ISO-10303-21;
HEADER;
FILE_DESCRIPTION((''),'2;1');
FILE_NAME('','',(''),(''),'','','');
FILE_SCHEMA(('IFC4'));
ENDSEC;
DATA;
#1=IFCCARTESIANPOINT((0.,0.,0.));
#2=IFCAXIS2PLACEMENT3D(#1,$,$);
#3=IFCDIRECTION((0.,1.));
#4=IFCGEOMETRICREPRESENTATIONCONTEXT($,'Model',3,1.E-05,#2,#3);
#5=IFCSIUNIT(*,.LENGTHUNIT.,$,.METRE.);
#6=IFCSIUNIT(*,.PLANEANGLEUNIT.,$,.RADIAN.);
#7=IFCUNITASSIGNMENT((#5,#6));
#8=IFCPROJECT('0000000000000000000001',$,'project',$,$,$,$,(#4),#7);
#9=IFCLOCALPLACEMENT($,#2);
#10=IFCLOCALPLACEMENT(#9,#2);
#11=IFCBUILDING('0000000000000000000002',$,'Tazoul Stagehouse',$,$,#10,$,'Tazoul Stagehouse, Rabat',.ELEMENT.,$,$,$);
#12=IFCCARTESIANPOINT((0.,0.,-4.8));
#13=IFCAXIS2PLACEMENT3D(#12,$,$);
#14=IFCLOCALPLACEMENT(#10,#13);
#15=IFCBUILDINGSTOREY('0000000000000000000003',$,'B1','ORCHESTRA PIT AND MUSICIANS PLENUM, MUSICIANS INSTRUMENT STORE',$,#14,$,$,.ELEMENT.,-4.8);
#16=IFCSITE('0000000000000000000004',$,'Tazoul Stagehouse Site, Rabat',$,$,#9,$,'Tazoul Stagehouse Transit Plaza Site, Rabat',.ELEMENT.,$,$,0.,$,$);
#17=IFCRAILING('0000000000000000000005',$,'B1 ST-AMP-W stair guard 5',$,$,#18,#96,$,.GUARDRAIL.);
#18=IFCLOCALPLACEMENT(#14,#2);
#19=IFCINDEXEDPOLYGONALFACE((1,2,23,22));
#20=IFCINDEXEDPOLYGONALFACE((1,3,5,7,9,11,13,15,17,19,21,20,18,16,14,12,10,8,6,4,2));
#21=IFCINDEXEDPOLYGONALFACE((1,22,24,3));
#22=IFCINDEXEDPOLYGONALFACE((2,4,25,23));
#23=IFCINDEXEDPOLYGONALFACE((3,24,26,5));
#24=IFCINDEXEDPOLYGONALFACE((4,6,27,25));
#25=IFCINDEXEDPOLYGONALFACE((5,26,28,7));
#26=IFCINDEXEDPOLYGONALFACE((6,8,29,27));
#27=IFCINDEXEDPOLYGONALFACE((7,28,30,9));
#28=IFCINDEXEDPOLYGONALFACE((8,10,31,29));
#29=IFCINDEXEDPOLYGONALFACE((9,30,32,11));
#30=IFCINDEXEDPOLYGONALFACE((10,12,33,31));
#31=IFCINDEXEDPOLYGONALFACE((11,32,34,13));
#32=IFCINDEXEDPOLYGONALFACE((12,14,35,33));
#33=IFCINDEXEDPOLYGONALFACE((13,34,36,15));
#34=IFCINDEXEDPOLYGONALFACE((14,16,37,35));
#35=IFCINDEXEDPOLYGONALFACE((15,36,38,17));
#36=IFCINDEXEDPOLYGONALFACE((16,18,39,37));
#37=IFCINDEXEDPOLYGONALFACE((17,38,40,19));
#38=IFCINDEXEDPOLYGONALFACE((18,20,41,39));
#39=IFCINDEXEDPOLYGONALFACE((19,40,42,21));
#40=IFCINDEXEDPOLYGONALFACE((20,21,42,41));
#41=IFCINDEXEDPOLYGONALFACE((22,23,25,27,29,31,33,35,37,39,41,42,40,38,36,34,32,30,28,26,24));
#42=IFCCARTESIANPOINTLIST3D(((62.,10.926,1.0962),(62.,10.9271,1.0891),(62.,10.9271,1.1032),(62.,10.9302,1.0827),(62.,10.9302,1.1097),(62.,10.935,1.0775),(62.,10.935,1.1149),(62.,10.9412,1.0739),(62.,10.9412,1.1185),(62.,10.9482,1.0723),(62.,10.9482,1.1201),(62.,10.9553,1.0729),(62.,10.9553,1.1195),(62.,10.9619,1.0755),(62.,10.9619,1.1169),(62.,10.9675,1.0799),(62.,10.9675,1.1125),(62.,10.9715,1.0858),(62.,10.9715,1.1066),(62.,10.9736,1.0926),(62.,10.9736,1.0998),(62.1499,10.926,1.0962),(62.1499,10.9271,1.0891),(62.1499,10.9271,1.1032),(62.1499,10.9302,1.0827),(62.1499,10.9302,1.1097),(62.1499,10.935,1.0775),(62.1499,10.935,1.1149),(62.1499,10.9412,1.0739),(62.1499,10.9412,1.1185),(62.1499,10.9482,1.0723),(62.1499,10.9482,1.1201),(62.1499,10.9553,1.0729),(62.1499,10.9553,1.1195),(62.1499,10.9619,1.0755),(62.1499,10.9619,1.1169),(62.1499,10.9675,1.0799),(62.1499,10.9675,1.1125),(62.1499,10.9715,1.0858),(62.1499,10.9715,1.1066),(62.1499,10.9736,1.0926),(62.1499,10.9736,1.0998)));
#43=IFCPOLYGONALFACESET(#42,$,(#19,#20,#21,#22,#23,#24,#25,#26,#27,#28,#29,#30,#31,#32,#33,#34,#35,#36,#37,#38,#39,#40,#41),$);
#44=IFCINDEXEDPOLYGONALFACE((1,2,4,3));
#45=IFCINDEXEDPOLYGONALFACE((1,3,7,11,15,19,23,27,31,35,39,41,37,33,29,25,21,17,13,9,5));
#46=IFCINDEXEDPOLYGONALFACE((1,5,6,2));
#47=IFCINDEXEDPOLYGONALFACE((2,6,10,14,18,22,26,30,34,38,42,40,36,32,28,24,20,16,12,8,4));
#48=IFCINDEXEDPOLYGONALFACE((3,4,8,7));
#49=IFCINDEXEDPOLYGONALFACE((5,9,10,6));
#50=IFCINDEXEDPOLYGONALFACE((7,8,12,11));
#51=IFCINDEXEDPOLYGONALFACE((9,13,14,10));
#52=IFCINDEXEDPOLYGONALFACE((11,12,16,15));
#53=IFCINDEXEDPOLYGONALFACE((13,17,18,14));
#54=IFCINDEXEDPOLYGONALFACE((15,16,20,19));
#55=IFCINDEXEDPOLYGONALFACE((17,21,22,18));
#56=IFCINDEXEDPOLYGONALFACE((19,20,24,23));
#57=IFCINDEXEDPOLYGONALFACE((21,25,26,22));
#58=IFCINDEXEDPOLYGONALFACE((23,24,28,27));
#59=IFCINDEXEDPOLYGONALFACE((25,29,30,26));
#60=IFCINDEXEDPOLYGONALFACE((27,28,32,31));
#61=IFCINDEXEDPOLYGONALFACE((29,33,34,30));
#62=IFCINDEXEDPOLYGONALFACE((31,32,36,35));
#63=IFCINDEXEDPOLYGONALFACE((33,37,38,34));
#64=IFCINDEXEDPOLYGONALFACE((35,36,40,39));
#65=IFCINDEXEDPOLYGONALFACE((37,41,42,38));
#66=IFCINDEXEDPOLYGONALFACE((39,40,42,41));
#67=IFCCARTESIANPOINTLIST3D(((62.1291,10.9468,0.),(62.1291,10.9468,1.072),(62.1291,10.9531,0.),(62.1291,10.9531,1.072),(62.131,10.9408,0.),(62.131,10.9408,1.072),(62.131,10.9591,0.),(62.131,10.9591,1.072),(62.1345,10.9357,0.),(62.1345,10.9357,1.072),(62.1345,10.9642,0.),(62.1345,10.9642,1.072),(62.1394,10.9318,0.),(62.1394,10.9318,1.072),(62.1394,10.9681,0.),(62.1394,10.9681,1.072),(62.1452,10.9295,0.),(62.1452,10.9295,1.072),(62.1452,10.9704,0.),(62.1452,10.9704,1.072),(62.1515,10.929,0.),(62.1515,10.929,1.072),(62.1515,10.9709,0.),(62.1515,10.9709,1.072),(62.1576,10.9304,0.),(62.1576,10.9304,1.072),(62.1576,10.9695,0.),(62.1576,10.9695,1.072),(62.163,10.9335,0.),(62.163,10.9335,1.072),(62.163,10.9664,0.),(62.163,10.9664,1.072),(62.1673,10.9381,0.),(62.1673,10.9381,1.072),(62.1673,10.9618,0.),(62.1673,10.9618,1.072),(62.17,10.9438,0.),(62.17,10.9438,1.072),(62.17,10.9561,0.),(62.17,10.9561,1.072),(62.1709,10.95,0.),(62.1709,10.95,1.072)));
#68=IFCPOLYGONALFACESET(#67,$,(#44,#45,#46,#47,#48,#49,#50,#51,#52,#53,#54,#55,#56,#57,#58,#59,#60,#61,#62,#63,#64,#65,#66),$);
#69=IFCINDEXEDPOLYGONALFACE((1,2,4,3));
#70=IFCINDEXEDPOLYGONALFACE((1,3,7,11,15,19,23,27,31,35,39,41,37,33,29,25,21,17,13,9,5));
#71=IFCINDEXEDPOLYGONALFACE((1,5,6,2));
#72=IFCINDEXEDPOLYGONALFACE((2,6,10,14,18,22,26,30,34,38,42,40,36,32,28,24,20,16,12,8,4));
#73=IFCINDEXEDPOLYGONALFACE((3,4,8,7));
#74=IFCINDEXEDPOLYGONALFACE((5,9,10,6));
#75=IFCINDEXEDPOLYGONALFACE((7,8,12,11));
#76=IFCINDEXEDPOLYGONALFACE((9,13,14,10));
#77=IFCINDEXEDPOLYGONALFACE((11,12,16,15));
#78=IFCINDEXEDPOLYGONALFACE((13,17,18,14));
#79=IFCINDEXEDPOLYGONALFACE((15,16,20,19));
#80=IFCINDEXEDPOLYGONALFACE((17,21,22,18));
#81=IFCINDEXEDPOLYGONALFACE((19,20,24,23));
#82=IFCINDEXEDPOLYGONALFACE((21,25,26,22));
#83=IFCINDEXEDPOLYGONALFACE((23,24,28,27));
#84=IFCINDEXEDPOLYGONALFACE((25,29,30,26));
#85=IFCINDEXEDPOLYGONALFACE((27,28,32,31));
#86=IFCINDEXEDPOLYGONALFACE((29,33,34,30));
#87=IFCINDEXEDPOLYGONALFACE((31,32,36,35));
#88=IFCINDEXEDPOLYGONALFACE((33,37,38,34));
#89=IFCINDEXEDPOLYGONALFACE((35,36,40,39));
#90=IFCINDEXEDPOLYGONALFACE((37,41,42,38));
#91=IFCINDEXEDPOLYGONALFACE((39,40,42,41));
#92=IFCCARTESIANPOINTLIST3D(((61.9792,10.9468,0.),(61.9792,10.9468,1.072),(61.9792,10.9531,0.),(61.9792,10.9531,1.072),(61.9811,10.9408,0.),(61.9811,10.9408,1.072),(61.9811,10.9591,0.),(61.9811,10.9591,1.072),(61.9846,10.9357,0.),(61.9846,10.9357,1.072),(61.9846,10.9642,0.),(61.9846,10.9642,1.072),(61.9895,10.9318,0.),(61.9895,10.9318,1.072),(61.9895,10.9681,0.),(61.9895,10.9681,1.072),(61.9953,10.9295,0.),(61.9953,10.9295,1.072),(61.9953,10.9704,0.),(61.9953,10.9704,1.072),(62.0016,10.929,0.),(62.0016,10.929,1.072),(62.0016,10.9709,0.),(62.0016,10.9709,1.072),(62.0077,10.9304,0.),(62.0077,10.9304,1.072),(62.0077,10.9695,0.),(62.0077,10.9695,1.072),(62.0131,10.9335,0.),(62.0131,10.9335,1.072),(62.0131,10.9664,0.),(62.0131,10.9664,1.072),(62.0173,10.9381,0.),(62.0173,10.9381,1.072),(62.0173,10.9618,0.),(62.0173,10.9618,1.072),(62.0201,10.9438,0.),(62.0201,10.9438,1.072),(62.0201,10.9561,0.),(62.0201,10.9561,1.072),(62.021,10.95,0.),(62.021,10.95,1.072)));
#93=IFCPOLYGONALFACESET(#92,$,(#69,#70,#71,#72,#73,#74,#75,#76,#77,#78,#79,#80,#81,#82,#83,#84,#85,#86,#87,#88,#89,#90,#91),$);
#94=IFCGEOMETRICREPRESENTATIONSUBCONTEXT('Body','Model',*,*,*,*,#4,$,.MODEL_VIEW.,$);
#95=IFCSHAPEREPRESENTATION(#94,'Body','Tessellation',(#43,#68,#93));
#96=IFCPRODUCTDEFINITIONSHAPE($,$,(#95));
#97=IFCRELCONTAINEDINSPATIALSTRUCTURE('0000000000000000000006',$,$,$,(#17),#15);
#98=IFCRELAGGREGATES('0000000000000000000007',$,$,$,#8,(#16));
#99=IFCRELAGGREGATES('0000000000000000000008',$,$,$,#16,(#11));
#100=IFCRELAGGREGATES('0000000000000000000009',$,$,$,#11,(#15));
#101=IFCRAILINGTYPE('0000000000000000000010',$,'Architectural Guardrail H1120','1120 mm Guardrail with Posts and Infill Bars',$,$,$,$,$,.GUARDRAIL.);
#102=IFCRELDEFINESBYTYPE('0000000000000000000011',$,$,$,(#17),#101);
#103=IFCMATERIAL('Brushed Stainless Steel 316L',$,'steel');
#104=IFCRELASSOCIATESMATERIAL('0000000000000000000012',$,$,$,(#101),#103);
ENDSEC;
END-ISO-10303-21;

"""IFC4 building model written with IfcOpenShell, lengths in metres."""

from ifc_helpers import new_model, si_unit, direction, frame, origin, origin_2d, place, context, subcontext, project, spatial, circle, extrude, material, material_profile, profile_set, type_object, element, save


model = new_model("IFC4")

# Units and contexts
model_context = context("Model", 3, precision=1e-05, world=origin(), true_north=direction((0.0, 1.0)))
body_context = subcontext(model_context, "Body", "Model", "MODEL_VIEW")
ifc_project = project(units=[si_unit("LENGTHUNIT", "METRE"), si_unit("PLANEANGLEUNIT", "RADIAN")], contexts=[model_context])

# Site, building, storey
site_placement = place(None, origin())
site = spatial("IfcSite", under=ifc_project, at=site_placement, Name="Tazoul Stagehouse Site, Rabat", LongName="Tazoul Stagehouse Transit Plaza Site, Rabat", CompositionType="ELEMENT", RefElevation=0.0)
building_placement = place(site_placement, origin())
building = spatial("IfcBuilding", under=site, at=building_placement, Name="Tazoul Stagehouse", LongName="Tazoul Stagehouse, Rabat", CompositionType="ELEMENT")
storey_placement = place(building_placement, frame((0.0, 0.0, -4.8)))
storey = spatial("IfcBuildingStorey", under=building, at=storey_placement, Name="B1", Description="ORCHESTRA PIT AND MUSICIANS PLENUM, MUSICIANS INSTRUMENT STORE", CompositionType="ELEMENT", Elevation=-4.8)

# Railing
ifc_material_1 = material(Name="Brushed Stainless Steel 316L", Category="steel")
ifc_material_profile_1 = material_profile(ifc_material_1, circle(Radius=0.0239, at=origin_2d()), Name="SS RAIL D48")
ifc_profile_set_1 = profile_set([ifc_material_profile_1], Name="Brushed Stainless Steel 316L")
railing_type_1 = type_object("IfcRailingType", Name="Architectural Guardrail H1120", Description="1120 mm Guardrail with Posts and Infill Bars", PredefinedType="GUARDRAIL", material=ifc_profile_set_1)
railing_1_placement = place(storey_placement, frame((62.1499, 10.95, 0.0)))
element("IfcRailing", 1, at=railing_1_placement, inside=storey, type_object=railing_type_1, Name="B1 ST-AMP-W stair guard 5", PredefinedType="GUARDRAIL", context=body_context, shape_type="SweptSolid", body=[
    extrude(circle(Radius=0.0239, at=origin_2d()), frame((0.0, 0.0, 1.0962), z_axis=(-1.0, 0.0, 0.0), x_axis=(0.0, -1.0, 0.0)), (0.0, 0.0, 1.0), 0.1499),
    extrude(circle(Radius=0.021, at=origin_2d()), origin(), (0.0, 0.0, 1.0), 1.072),
    extrude(circle(Radius=0.021, at=origin_2d()), frame((-0.1499, 0.0, 0.0)), (0.0, 0.0, 1.0), 1.072),
])

save(model, "model.ifc")
